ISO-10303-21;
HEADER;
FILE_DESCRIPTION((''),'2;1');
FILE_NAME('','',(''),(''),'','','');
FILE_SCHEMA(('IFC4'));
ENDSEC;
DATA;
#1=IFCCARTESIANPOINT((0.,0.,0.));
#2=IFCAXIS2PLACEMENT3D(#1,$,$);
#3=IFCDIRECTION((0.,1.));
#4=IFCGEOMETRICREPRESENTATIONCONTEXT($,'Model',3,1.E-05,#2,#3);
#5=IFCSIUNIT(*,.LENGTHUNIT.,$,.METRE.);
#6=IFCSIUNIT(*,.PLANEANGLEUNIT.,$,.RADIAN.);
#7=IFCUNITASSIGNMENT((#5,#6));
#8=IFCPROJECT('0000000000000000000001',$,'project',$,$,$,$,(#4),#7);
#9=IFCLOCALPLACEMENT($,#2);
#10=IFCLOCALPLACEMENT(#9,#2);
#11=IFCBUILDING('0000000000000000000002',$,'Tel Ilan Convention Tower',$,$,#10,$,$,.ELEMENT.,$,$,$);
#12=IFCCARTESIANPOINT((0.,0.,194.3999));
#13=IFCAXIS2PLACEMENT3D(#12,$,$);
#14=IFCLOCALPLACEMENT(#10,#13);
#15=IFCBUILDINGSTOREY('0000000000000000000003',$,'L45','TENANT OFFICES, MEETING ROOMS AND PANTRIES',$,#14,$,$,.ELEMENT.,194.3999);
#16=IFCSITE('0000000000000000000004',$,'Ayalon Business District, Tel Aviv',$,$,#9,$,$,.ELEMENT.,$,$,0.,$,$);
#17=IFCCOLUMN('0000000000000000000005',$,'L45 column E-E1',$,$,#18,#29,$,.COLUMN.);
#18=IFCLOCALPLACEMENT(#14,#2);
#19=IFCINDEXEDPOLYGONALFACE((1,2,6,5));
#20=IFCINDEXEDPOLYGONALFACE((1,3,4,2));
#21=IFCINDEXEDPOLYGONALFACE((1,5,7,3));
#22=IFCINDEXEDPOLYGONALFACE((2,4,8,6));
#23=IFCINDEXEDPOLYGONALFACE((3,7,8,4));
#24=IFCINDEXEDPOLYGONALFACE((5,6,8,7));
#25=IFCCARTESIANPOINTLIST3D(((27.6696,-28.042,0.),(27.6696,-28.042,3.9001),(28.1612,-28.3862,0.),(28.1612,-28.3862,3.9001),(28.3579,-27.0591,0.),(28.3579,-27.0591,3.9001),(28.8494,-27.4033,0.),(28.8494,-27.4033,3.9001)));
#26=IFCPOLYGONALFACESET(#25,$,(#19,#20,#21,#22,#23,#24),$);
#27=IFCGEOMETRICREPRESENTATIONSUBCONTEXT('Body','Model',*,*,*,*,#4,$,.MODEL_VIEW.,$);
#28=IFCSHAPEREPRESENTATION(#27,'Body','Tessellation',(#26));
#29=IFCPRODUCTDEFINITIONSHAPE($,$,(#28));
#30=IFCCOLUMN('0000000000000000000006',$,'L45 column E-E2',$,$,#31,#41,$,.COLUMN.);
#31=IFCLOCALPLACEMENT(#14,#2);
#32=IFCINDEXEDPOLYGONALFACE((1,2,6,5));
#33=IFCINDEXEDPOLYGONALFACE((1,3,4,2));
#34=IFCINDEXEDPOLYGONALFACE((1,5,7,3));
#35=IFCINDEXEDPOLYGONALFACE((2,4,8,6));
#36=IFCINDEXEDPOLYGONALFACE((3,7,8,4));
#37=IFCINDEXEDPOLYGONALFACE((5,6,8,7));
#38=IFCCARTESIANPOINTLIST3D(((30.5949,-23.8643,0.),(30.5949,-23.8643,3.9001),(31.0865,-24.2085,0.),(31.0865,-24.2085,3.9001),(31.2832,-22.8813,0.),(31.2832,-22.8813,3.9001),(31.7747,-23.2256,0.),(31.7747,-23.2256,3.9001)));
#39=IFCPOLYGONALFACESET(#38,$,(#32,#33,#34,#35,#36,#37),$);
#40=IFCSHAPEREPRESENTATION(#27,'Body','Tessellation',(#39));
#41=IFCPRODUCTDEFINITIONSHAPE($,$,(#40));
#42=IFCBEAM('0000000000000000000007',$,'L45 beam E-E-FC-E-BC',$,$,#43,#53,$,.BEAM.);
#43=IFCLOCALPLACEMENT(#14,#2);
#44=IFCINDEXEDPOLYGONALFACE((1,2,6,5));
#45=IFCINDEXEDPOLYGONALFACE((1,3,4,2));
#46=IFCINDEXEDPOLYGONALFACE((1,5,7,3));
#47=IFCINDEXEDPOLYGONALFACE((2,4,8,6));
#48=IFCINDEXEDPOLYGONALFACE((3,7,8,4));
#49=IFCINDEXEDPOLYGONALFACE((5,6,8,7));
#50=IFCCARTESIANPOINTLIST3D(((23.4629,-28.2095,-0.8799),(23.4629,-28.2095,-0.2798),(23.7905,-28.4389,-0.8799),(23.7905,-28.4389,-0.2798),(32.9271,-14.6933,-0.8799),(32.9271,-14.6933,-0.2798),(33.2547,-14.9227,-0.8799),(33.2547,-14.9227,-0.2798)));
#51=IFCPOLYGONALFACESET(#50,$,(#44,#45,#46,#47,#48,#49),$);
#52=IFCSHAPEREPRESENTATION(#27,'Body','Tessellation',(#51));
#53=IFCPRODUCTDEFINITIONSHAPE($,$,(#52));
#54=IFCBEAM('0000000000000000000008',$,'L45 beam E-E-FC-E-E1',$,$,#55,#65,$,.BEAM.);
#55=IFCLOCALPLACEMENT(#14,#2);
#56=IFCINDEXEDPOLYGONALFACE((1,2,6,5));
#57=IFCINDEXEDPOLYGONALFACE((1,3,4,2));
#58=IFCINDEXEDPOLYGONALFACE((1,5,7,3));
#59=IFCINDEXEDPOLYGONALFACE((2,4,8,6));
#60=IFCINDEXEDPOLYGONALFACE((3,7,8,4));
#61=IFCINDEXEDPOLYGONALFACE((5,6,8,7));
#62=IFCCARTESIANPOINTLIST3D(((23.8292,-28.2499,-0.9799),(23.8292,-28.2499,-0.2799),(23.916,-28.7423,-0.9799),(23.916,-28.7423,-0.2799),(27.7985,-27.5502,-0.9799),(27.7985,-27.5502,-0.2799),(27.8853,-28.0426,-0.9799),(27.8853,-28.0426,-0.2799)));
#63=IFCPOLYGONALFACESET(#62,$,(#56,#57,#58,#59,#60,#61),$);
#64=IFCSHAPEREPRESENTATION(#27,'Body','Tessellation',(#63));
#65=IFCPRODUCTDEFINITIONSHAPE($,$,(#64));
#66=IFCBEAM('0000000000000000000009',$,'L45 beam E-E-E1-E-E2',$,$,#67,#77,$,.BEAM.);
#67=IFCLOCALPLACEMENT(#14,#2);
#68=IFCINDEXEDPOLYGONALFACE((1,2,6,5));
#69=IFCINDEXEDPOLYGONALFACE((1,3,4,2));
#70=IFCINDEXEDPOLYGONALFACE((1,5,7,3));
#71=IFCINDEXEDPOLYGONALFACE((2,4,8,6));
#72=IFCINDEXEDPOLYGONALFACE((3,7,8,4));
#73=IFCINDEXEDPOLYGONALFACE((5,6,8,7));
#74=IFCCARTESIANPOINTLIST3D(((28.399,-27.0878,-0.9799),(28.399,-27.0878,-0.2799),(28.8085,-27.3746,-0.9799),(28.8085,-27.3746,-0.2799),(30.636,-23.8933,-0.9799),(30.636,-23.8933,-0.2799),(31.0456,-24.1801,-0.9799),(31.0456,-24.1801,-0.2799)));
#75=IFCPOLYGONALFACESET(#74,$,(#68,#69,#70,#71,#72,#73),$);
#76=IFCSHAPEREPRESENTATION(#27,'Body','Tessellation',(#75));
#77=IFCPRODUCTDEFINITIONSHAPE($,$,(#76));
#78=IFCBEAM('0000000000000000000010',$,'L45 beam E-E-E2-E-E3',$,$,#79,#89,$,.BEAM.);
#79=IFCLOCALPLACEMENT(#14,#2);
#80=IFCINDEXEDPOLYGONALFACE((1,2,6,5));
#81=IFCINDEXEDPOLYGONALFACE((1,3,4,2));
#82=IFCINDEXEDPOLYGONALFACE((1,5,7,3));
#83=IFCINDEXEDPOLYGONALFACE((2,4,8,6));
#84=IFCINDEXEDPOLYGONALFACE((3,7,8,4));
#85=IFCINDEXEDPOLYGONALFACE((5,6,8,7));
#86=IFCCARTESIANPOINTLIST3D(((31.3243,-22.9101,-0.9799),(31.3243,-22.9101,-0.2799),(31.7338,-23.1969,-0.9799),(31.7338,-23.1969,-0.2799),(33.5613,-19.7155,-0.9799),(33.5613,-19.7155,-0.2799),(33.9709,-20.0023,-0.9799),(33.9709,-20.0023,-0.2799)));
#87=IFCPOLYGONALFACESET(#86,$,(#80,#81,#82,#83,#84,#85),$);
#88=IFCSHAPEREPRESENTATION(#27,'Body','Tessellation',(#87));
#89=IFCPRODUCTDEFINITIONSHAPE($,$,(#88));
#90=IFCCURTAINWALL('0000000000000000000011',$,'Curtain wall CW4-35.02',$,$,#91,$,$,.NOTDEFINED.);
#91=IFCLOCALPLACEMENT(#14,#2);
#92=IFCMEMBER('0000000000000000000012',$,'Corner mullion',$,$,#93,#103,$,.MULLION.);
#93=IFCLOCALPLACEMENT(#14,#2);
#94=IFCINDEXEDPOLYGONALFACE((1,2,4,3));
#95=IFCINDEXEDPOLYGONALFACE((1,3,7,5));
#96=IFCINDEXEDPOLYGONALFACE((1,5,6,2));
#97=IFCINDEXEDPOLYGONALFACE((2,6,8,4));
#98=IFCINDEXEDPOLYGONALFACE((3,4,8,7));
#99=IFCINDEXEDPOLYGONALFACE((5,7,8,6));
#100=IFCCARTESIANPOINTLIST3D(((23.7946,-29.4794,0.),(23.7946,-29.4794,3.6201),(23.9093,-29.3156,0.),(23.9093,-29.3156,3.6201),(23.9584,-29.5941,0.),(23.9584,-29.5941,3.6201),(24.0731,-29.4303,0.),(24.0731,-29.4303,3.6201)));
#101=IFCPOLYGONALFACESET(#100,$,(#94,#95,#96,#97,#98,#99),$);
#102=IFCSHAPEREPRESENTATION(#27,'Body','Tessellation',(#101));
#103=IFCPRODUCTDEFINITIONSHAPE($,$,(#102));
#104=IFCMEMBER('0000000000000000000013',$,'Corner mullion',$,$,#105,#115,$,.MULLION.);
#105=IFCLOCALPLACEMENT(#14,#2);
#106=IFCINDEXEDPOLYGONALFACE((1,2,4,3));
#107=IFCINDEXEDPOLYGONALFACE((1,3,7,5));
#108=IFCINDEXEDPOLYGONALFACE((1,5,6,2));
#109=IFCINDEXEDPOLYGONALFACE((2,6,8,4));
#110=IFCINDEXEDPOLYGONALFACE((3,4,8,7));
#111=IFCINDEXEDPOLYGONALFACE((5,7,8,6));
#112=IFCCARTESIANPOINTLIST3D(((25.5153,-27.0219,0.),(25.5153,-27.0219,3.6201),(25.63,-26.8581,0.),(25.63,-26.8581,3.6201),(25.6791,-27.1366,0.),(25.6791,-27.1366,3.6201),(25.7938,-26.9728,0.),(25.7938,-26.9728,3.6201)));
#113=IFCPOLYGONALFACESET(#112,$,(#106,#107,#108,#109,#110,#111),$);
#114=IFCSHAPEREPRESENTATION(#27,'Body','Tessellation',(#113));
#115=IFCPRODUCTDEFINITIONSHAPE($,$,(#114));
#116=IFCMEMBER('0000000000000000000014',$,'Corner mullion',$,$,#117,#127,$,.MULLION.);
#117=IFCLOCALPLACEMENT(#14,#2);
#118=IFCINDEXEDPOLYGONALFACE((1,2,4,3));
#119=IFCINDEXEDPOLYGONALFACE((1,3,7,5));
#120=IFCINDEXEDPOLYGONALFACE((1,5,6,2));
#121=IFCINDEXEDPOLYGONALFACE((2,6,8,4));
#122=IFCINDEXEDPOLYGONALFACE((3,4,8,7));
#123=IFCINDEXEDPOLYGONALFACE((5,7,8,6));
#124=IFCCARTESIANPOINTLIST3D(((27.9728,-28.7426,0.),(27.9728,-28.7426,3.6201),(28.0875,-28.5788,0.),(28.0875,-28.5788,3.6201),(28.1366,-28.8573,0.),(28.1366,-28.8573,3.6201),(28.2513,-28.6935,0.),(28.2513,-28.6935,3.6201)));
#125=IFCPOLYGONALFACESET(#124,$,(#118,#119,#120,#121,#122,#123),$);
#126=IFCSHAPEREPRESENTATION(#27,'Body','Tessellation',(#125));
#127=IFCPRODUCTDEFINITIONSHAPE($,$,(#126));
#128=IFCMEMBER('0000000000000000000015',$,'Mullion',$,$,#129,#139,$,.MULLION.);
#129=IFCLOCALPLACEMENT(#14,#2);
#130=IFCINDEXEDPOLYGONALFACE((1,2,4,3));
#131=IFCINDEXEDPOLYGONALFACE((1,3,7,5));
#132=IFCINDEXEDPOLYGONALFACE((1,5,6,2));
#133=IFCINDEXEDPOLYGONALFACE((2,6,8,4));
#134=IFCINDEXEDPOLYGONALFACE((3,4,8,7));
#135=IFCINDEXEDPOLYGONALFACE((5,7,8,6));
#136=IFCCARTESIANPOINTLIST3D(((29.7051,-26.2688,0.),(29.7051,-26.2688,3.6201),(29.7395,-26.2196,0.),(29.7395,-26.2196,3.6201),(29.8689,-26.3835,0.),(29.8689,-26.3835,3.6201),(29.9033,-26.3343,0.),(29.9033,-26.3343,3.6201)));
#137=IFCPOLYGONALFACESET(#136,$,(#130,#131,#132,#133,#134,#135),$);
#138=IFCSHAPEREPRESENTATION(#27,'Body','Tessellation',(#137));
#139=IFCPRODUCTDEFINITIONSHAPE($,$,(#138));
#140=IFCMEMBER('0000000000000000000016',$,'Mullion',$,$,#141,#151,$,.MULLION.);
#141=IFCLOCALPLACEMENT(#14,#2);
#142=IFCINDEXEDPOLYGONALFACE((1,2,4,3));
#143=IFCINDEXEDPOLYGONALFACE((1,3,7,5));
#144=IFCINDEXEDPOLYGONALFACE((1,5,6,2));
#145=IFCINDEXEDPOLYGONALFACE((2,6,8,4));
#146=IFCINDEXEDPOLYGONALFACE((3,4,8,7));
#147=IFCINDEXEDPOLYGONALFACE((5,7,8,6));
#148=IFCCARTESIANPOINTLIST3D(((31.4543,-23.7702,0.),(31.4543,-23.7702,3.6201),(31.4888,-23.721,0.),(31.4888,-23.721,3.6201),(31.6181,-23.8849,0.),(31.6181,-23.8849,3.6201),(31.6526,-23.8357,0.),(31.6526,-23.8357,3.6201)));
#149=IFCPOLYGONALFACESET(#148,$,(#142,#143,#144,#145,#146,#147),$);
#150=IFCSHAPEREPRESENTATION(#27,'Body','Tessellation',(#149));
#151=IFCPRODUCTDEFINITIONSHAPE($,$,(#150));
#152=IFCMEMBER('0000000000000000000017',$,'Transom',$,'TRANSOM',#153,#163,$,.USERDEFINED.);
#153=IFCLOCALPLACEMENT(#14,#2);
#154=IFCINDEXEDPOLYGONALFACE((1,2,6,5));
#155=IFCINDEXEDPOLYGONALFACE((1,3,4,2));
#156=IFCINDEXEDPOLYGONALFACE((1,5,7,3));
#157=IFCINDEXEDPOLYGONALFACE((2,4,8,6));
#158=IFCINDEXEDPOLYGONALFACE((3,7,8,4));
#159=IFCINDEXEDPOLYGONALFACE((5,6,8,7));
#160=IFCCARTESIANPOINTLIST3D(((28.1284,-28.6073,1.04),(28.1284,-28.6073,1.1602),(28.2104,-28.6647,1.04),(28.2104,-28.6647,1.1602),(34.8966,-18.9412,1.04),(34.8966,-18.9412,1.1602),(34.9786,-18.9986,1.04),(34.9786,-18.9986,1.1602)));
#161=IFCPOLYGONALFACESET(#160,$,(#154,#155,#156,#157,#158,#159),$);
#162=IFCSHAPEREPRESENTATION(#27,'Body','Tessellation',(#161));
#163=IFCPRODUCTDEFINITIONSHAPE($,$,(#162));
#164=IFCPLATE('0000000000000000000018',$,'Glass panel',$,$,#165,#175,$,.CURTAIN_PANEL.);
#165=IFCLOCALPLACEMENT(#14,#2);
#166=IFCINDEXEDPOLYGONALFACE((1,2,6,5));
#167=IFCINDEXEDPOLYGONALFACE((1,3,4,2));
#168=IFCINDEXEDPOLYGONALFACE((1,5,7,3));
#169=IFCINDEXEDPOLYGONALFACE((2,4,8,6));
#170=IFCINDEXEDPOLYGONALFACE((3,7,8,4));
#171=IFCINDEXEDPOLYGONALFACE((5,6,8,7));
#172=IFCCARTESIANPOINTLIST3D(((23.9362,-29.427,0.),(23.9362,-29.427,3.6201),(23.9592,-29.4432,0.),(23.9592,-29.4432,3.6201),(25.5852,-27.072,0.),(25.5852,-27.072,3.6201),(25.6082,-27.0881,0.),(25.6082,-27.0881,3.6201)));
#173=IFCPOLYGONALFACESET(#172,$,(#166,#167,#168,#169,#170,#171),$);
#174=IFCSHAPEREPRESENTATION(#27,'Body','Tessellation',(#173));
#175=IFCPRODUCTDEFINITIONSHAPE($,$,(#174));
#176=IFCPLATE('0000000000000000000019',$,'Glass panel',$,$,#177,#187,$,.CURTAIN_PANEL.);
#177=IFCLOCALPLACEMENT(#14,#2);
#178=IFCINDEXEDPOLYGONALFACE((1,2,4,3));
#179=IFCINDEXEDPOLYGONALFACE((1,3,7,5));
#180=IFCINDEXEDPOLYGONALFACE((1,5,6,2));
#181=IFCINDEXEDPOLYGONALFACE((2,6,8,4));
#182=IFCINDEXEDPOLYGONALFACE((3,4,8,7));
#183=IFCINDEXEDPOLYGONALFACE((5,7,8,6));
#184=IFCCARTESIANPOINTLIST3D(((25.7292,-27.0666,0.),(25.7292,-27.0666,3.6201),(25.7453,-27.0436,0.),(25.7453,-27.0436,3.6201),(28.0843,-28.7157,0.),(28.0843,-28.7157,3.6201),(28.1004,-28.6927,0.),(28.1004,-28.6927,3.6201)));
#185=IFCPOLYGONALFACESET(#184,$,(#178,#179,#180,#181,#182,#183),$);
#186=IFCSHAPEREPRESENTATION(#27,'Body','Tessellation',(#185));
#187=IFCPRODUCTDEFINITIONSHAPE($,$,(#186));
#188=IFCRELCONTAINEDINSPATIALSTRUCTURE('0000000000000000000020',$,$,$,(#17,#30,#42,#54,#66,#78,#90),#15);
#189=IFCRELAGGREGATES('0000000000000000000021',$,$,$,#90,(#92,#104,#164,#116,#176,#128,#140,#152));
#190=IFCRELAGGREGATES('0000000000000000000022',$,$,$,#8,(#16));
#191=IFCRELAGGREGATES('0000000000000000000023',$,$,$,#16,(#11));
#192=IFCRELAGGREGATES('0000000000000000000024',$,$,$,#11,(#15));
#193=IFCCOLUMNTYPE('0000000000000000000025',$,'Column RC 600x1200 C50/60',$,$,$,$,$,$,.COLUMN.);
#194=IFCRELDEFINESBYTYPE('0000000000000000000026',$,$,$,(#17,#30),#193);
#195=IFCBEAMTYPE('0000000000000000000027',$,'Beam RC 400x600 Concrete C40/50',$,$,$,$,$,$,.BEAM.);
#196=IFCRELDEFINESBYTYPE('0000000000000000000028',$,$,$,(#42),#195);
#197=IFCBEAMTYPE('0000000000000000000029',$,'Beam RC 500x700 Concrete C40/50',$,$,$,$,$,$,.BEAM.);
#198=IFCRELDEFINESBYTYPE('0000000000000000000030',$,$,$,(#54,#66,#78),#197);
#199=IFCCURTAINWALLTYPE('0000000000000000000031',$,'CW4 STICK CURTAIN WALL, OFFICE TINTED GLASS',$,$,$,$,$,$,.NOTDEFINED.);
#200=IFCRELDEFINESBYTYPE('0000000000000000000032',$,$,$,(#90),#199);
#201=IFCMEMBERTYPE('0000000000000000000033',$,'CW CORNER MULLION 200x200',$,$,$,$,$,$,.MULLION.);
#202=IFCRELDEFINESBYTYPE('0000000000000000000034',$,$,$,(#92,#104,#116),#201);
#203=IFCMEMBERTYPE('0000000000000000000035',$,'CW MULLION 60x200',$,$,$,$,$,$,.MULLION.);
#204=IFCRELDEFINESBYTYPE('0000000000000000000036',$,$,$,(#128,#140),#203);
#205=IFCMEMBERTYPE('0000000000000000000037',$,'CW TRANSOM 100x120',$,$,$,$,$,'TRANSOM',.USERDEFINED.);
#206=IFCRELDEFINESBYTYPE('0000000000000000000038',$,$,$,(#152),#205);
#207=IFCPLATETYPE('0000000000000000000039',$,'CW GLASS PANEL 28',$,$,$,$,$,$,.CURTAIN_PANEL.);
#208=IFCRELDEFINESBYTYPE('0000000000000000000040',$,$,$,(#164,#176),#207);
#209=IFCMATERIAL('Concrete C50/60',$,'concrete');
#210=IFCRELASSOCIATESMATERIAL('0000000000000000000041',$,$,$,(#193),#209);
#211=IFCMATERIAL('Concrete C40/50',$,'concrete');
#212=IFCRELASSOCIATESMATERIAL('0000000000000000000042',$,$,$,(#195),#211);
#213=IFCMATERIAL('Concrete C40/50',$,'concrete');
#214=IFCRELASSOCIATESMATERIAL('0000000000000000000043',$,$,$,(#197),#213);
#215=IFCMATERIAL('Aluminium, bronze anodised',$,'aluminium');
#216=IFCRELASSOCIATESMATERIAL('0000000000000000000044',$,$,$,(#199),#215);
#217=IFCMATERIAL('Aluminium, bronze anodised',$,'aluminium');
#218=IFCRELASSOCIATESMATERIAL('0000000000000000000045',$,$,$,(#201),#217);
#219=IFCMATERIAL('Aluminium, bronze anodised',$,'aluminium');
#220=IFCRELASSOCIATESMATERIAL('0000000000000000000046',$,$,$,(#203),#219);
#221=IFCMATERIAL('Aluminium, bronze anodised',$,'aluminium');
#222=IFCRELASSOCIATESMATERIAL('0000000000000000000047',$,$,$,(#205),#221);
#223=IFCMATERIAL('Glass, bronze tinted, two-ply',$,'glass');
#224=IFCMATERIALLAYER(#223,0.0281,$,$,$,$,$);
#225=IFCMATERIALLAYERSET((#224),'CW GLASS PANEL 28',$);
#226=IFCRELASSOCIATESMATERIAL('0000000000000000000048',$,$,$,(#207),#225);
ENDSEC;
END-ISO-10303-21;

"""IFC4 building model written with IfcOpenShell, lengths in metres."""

from ifc_helpers import new_model, si_unit, direction, frame, origin, origin_2d, place, context, subcontext, project, spatial, rectangle, extrude, material, layer, layer_set, material_profile, profile_set, type_object, element, aggregate, save


model = new_model("IFC4")

# Units and contexts
model_context = context("Model", 3, precision=1e-05, world=origin(), true_north=direction((0.0, 1.0)))
body_context = subcontext(model_context, "Body", "Model", "MODEL_VIEW")
ifc_project = project(units=[si_unit("LENGTHUNIT", "METRE"), si_unit("PLANEANGLEUNIT", "RADIAN")], contexts=[model_context])

# Site, building, storey
site_placement = place(None, origin())
site = spatial("IfcSite", under=ifc_project, at=site_placement, Name="Ayalon Business District, Tel Aviv", CompositionType="ELEMENT", RefElevation=0.0)
building_placement = place(site_placement, origin())
building = spatial("IfcBuilding", under=site, at=building_placement, Name="Tel Ilan Convention Tower", CompositionType="ELEMENT")
storey_placement = place(building_placement, frame((0.0, 0.0, 194.3999)))
storey = spatial("IfcBuildingStorey", under=building, at=storey_placement, Name="L45", Description="TENANT OFFICES, MEETING ROOMS AND PANTRIES", CompositionType="ELEMENT", Elevation=194.3999)

# Columns
ifc_material_1 = material(Name="Concrete C50/60", Category="concrete")
ifc_material_profile_1 = material_profile(ifc_material_1, rectangle(XDim=1.2, YDim=0.6001, at=origin_2d()), Name="RC 600x1200")
ifc_profile_set_1 = profile_set([ifc_material_profile_1], Name="Concrete C50/60")
column_type = type_object("IfcColumnType", Name="Column RC 600x1200 C50/60", PredefinedType="COLUMN", material=ifc_profile_set_1)
for number, where, z_axis, x_axis, name in (
    (1, (28.2595, -27.7227, 0.0), (0.0, 0.0, 1.0), (0.573576, 0.819152, 0.0), "L45 column E-E1"),
    (2, (31.1848, -23.5449, 0.0), (0.0, 0.0, 1.0), (0.573576, 0.819152, 0.0), "L45 column E-E2"),
):
    element("IfcColumn", number, at=place(storey_placement, frame(where, z_axis=z_axis, x_axis=x_axis)), inside=storey, type_object=column_type, Name=name, PredefinedType="COLUMN", context=body_context, shape_type="SweptSolid", body=[
        extrude(rectangle(XDim=1.2, YDim=0.6001, at=origin_2d()), origin(), (0.0, 0.0, 1.0), 3.9001),
    ])

# Beams
ifc_material_2 = material(Name="Concrete C40/50", Category="concrete")
ifc_material_profile_2 = material_profile(ifc_material_2, rectangle(XDim=0.3999, YDim=0.6001, at=origin_2d()), Name="RC 400x600")
ifc_profile_set_2 = profile_set([ifc_material_profile_2], Name="Concrete C40/50")
beam_type_1 = type_object("IfcBeamType", Name="Beam RC 400x600 Concrete C40/50", PredefinedType="BEAM", material=ifc_profile_set_2)
beam_1_placement = place(storey_placement, frame((23.6267, -28.3242, -0.5798), z_axis=(0.573578, 0.819151, 0.0), x_axis=(-0.819151, 0.573578, 0.0)))
element("IfcBeam", 3, at=beam_1_placement, inside=storey, type_object=beam_type_1, Name="L45 beam E-E-FC-E-BC", PredefinedType="BEAM", context=body_context, shape_type="SweptSolid", body=[
    extrude(rectangle(XDim=0.3999, YDim=0.6001, at=origin_2d()), origin(), (0.0, 0.0, 1.0), 16.5002),
])
ifc_material_3 = material(Name="Concrete C40/50", Category="concrete")
ifc_material_profile_3 = material_profile(ifc_material_3, rectangle(XDim=0.5, YDim=0.7, at=origin_2d()), Name="RC 500x700")
ifc_profile_set_3 = profile_set([ifc_material_profile_3], Name="Concrete C40/50")
beam_type_2 = type_object("IfcBeamType", Name="Beam RC 500x700 Concrete C40/50", PredefinedType="BEAM", material=ifc_profile_set_3)
beam_2_placement = place(storey_placement, frame((23.8726, -28.4961, -0.6299), z_axis=(0.984815, 0.173606, 0.0), x_axis=(-0.173606, 0.984815, 0.0)))
element("IfcBeam", 4, at=beam_2_placement, inside=storey, type_object=beam_type_2, Name="L45 beam E-E-FC-E-E1", PredefinedType="BEAM", context=body_context, shape_type="SweptSolid", body=[
    extrude(rectangle(XDim=0.5, YDim=0.7, at=origin_2d()), origin(), (0.0, 0.0, 1.0), 4.0305),
])
for number, where, z_axis, x_axis, name in (
    (5, (28.6038, -27.2312, -0.6299), (0.573609, 0.819129, 0.0), (-0.819129, 0.573609, 0.0), "L45 beam E-E-E1-E-E2"),
    (6, (31.5291, -23.0535, -0.6299), (0.573609, 0.819129, 0.0), (-0.819129, 0.573609, 0.0), "L45 beam E-E-E2-E-E3"),
):
    element("IfcBeam", number, at=place(storey_placement, frame(where, z_axis=z_axis, x_axis=x_axis)), inside=storey, type_object=beam_type_2, Name=name, PredefinedType="BEAM", context=body_context, shape_type="SweptSolid", body=[
        extrude(rectangle(XDim=0.5, YDim=0.7, at=origin_2d()), origin(), (0.0, 0.0, 1.0), 3.8999),
    ])

# Curtain wall, members, plates
ifc_material_4 = material(Name="Aluminium, bronze anodised", Category="aluminium")
curtain_wall_type = type_object("IfcCurtainWallType", Name="CW4 STICK CURTAIN WALL, OFFICE TINTED GLASS", PredefinedType="NOTDEFINED", material=ifc_material_4)
curtain_wall_placement = place(storey_placement, origin())
curtain_wall = element("IfcCurtainWall", 7, at=curtain_wall_placement, inside=storey, type_object=curtain_wall_type, Name="Curtain wall CW4-35.02", PredefinedType="NOTDEFINED")
ifc_material_5 = material(Name="Aluminium, bronze anodised", Category="aluminium")
ifc_material_profile_4 = material_profile(ifc_material_5, rectangle(XDim=0.2, YDim=0.2, at=origin_2d()), Name="CW CORNER MULLION 200x200")
ifc_profile_set_4 = profile_set([ifc_material_profile_4], Name="Aluminium, bronze anodised")
member_type_1 = type_object("IfcMemberType", Name="CW CORNER MULLION 200x200", PredefinedType="MULLION", material=ifc_profile_set_4)
member_1_placement = place(storey_placement, frame((23.9338, -29.4548, 0.0), z_axis=(0.0, 0.0, 1.0), x_axis=(0.819152, -0.573576, 0.0)))
member_1 = element("IfcMember", 8, at=member_1_placement, type_object=member_type_1, Name="Corner mullion", PredefinedType="MULLION", context=body_context, shape_type="SweptSolid", body=[
    extrude(rectangle(XDim=0.2, YDim=0.2, at=origin_2d()), origin(), (0.0, 0.0, 1.0), 3.6201),
])
member_2_placement = place(storey_placement, frame((25.6545, -26.9973, 0.0), z_axis=(0.0, 0.0, 1.0), x_axis=(0.573576, 0.819152, 0.0)))
member_2 = element("IfcMember", 9, at=member_2_placement, type_object=member_type_1, Name="Corner mullion", PredefinedType="MULLION", context=body_context, shape_type="SweptSolid", body=[
    extrude(rectangle(XDim=0.2, YDim=0.2, at=origin_2d()), origin(), (0.0, 0.0, 1.0), 3.6201),
])
member_3_placement = place(storey_placement, frame((28.1121, -28.718, 0.0), z_axis=(0.0, 0.0, 1.0), x_axis=(0.819152, -0.573576, 0.0)))
member_3 = element("IfcMember", 10, at=member_3_placement, type_object=member_type_1, Name="Corner mullion", PredefinedType="MULLION", context=body_context, shape_type="SweptSolid", body=[
    extrude(rectangle(XDim=0.2, YDim=0.2, at=origin_2d()), origin(), (0.0, 0.0, 1.0), 3.6201),
])
ifc_material_6 = material(Name="Aluminium, bronze anodised", Category="aluminium")
ifc_material_profile_5 = material_profile(ifc_material_6, rectangle(XDim=0.0601, YDim=0.2, at=origin_2d()), Name="CW MULLION 60x200")
ifc_profile_set_5 = profile_set([ifc_material_profile_5], Name="Aluminium, bronze anodised")
member_type_2 = type_object("IfcMemberType", Name="CW MULLION 60x200", PredefinedType="MULLION", material=ifc_profile_set_5)
member_4_placement = place(storey_placement, frame((29.8042, -26.3015, 0.0), z_axis=(0.0, 0.0, 1.0), x_axis=(0.573576, 0.819152, 0.0)))
member_4 = element("IfcMember", 11, at=member_4_placement, type_object=member_type_2, Name="Mullion", PredefinedType="MULLION", context=body_context, shape_type="SweptSolid", body=[
    extrude(rectangle(XDim=0.0601, YDim=0.2, at=origin_2d()), origin(), (0.0, 0.0, 1.0), 3.6201),
])
member_5_placement = place(storey_placement, frame((31.5535, -23.803, 0.0), z_axis=(0.0, 0.0, 1.0), x_axis=(0.573576, 0.819152, 0.0)))
member_5 = element("IfcMember", 12, at=member_5_placement, type_object=member_type_2, Name="Mullion", PredefinedType="MULLION", context=body_context, shape_type="SweptSolid", body=[
    extrude(rectangle(XDim=0.0601, YDim=0.2, at=origin_2d()), origin(), (0.0, 0.0, 1.0), 3.6201),
])
ifc_material_7 = material(Name="Aluminium, bronze anodised", Category="aluminium")
ifc_material_profile_6 = material_profile(ifc_material_7, rectangle(XDim=0.1001, YDim=0.1201, at=origin_2d()), Name="CW TRANSOM 100x120")
ifc_profile_set_6 = profile_set([ifc_material_profile_6], Name="Aluminium, bronze anodised")
member_type_3 = type_object("IfcMemberType", Name="CW TRANSOM 100x120", ElementType="TRANSOM", PredefinedType="USERDEFINED", material=ifc_profile_set_6)
member_6_placement = place(storey_placement, frame((28.1694, -28.636, 1.1001), z_axis=(0.573568, 0.819158, 0.0), x_axis=(-0.819158, 0.573568, 0.0)))
member_6 = element("IfcMember", 13, at=member_6_placement, type_object=member_type_3, Name="Transom", ObjectType="TRANSOM", PredefinedType="USERDEFINED", context=body_context, shape_type="SweptSolid", body=[
    extrude(rectangle(XDim=0.1001, YDim=0.1201, at=origin_2d()), origin(), (0.0, 0.0, 1.0), 11.8),
])
ifc_material_8 = material(Name="Glass, bronze tinted, two-ply", Category="glass")
ifc_layer_1 = layer(ifc_material_8, 0.0281)
ifc_layer_set_1 = layer_set([ifc_layer_1], Name="CW GLASS PANEL 28")
plate_type = type_object("IfcPlateType", Name="CW GLASS PANEL 28", PredefinedType="CURTAIN_PANEL", material=ifc_layer_set_1)
plate_1_placement = place(storey_placement, frame((24.7722, -28.2576, 0.0), z_axis=(0.0, 0.0, 1.0), x_axis=(0.573576, 0.819152, 0.0)))
plate_1 = element("IfcPlate", 14, at=plate_1_placement, type_object=plate_type, Name="Glass panel", PredefinedType="CURTAIN_PANEL", context=body_context, shape_type="SweptSolid", body=[
    extrude(rectangle(XDim=2.875, YDim=0.0281, at=origin_2d()), origin(), (0.0, 0.0, 1.0), 3.6201),
])
plate_2_placement = place(storey_placement, frame((26.9148, -27.8796, 0.0), z_axis=(0.0, 0.0, 1.0), x_axis=(0.819152, -0.573576, 0.0)))
plate_2 = element("IfcPlate", 15, at=plate_2_placement, type_object=plate_type, Name="Glass panel", PredefinedType="CURTAIN_PANEL", context=body_context, shape_type="SweptSolid", body=[
    extrude(rectangle(XDim=2.875, YDim=0.0281, at=origin_2d()), origin(), (0.0, 0.0, 1.0), 3.6201),
])
aggregate(curtain_wall, [member_1, member_2, plate_1, member_3, plate_2, member_4, member_5, member_6])

save(model, "model.ifc")
